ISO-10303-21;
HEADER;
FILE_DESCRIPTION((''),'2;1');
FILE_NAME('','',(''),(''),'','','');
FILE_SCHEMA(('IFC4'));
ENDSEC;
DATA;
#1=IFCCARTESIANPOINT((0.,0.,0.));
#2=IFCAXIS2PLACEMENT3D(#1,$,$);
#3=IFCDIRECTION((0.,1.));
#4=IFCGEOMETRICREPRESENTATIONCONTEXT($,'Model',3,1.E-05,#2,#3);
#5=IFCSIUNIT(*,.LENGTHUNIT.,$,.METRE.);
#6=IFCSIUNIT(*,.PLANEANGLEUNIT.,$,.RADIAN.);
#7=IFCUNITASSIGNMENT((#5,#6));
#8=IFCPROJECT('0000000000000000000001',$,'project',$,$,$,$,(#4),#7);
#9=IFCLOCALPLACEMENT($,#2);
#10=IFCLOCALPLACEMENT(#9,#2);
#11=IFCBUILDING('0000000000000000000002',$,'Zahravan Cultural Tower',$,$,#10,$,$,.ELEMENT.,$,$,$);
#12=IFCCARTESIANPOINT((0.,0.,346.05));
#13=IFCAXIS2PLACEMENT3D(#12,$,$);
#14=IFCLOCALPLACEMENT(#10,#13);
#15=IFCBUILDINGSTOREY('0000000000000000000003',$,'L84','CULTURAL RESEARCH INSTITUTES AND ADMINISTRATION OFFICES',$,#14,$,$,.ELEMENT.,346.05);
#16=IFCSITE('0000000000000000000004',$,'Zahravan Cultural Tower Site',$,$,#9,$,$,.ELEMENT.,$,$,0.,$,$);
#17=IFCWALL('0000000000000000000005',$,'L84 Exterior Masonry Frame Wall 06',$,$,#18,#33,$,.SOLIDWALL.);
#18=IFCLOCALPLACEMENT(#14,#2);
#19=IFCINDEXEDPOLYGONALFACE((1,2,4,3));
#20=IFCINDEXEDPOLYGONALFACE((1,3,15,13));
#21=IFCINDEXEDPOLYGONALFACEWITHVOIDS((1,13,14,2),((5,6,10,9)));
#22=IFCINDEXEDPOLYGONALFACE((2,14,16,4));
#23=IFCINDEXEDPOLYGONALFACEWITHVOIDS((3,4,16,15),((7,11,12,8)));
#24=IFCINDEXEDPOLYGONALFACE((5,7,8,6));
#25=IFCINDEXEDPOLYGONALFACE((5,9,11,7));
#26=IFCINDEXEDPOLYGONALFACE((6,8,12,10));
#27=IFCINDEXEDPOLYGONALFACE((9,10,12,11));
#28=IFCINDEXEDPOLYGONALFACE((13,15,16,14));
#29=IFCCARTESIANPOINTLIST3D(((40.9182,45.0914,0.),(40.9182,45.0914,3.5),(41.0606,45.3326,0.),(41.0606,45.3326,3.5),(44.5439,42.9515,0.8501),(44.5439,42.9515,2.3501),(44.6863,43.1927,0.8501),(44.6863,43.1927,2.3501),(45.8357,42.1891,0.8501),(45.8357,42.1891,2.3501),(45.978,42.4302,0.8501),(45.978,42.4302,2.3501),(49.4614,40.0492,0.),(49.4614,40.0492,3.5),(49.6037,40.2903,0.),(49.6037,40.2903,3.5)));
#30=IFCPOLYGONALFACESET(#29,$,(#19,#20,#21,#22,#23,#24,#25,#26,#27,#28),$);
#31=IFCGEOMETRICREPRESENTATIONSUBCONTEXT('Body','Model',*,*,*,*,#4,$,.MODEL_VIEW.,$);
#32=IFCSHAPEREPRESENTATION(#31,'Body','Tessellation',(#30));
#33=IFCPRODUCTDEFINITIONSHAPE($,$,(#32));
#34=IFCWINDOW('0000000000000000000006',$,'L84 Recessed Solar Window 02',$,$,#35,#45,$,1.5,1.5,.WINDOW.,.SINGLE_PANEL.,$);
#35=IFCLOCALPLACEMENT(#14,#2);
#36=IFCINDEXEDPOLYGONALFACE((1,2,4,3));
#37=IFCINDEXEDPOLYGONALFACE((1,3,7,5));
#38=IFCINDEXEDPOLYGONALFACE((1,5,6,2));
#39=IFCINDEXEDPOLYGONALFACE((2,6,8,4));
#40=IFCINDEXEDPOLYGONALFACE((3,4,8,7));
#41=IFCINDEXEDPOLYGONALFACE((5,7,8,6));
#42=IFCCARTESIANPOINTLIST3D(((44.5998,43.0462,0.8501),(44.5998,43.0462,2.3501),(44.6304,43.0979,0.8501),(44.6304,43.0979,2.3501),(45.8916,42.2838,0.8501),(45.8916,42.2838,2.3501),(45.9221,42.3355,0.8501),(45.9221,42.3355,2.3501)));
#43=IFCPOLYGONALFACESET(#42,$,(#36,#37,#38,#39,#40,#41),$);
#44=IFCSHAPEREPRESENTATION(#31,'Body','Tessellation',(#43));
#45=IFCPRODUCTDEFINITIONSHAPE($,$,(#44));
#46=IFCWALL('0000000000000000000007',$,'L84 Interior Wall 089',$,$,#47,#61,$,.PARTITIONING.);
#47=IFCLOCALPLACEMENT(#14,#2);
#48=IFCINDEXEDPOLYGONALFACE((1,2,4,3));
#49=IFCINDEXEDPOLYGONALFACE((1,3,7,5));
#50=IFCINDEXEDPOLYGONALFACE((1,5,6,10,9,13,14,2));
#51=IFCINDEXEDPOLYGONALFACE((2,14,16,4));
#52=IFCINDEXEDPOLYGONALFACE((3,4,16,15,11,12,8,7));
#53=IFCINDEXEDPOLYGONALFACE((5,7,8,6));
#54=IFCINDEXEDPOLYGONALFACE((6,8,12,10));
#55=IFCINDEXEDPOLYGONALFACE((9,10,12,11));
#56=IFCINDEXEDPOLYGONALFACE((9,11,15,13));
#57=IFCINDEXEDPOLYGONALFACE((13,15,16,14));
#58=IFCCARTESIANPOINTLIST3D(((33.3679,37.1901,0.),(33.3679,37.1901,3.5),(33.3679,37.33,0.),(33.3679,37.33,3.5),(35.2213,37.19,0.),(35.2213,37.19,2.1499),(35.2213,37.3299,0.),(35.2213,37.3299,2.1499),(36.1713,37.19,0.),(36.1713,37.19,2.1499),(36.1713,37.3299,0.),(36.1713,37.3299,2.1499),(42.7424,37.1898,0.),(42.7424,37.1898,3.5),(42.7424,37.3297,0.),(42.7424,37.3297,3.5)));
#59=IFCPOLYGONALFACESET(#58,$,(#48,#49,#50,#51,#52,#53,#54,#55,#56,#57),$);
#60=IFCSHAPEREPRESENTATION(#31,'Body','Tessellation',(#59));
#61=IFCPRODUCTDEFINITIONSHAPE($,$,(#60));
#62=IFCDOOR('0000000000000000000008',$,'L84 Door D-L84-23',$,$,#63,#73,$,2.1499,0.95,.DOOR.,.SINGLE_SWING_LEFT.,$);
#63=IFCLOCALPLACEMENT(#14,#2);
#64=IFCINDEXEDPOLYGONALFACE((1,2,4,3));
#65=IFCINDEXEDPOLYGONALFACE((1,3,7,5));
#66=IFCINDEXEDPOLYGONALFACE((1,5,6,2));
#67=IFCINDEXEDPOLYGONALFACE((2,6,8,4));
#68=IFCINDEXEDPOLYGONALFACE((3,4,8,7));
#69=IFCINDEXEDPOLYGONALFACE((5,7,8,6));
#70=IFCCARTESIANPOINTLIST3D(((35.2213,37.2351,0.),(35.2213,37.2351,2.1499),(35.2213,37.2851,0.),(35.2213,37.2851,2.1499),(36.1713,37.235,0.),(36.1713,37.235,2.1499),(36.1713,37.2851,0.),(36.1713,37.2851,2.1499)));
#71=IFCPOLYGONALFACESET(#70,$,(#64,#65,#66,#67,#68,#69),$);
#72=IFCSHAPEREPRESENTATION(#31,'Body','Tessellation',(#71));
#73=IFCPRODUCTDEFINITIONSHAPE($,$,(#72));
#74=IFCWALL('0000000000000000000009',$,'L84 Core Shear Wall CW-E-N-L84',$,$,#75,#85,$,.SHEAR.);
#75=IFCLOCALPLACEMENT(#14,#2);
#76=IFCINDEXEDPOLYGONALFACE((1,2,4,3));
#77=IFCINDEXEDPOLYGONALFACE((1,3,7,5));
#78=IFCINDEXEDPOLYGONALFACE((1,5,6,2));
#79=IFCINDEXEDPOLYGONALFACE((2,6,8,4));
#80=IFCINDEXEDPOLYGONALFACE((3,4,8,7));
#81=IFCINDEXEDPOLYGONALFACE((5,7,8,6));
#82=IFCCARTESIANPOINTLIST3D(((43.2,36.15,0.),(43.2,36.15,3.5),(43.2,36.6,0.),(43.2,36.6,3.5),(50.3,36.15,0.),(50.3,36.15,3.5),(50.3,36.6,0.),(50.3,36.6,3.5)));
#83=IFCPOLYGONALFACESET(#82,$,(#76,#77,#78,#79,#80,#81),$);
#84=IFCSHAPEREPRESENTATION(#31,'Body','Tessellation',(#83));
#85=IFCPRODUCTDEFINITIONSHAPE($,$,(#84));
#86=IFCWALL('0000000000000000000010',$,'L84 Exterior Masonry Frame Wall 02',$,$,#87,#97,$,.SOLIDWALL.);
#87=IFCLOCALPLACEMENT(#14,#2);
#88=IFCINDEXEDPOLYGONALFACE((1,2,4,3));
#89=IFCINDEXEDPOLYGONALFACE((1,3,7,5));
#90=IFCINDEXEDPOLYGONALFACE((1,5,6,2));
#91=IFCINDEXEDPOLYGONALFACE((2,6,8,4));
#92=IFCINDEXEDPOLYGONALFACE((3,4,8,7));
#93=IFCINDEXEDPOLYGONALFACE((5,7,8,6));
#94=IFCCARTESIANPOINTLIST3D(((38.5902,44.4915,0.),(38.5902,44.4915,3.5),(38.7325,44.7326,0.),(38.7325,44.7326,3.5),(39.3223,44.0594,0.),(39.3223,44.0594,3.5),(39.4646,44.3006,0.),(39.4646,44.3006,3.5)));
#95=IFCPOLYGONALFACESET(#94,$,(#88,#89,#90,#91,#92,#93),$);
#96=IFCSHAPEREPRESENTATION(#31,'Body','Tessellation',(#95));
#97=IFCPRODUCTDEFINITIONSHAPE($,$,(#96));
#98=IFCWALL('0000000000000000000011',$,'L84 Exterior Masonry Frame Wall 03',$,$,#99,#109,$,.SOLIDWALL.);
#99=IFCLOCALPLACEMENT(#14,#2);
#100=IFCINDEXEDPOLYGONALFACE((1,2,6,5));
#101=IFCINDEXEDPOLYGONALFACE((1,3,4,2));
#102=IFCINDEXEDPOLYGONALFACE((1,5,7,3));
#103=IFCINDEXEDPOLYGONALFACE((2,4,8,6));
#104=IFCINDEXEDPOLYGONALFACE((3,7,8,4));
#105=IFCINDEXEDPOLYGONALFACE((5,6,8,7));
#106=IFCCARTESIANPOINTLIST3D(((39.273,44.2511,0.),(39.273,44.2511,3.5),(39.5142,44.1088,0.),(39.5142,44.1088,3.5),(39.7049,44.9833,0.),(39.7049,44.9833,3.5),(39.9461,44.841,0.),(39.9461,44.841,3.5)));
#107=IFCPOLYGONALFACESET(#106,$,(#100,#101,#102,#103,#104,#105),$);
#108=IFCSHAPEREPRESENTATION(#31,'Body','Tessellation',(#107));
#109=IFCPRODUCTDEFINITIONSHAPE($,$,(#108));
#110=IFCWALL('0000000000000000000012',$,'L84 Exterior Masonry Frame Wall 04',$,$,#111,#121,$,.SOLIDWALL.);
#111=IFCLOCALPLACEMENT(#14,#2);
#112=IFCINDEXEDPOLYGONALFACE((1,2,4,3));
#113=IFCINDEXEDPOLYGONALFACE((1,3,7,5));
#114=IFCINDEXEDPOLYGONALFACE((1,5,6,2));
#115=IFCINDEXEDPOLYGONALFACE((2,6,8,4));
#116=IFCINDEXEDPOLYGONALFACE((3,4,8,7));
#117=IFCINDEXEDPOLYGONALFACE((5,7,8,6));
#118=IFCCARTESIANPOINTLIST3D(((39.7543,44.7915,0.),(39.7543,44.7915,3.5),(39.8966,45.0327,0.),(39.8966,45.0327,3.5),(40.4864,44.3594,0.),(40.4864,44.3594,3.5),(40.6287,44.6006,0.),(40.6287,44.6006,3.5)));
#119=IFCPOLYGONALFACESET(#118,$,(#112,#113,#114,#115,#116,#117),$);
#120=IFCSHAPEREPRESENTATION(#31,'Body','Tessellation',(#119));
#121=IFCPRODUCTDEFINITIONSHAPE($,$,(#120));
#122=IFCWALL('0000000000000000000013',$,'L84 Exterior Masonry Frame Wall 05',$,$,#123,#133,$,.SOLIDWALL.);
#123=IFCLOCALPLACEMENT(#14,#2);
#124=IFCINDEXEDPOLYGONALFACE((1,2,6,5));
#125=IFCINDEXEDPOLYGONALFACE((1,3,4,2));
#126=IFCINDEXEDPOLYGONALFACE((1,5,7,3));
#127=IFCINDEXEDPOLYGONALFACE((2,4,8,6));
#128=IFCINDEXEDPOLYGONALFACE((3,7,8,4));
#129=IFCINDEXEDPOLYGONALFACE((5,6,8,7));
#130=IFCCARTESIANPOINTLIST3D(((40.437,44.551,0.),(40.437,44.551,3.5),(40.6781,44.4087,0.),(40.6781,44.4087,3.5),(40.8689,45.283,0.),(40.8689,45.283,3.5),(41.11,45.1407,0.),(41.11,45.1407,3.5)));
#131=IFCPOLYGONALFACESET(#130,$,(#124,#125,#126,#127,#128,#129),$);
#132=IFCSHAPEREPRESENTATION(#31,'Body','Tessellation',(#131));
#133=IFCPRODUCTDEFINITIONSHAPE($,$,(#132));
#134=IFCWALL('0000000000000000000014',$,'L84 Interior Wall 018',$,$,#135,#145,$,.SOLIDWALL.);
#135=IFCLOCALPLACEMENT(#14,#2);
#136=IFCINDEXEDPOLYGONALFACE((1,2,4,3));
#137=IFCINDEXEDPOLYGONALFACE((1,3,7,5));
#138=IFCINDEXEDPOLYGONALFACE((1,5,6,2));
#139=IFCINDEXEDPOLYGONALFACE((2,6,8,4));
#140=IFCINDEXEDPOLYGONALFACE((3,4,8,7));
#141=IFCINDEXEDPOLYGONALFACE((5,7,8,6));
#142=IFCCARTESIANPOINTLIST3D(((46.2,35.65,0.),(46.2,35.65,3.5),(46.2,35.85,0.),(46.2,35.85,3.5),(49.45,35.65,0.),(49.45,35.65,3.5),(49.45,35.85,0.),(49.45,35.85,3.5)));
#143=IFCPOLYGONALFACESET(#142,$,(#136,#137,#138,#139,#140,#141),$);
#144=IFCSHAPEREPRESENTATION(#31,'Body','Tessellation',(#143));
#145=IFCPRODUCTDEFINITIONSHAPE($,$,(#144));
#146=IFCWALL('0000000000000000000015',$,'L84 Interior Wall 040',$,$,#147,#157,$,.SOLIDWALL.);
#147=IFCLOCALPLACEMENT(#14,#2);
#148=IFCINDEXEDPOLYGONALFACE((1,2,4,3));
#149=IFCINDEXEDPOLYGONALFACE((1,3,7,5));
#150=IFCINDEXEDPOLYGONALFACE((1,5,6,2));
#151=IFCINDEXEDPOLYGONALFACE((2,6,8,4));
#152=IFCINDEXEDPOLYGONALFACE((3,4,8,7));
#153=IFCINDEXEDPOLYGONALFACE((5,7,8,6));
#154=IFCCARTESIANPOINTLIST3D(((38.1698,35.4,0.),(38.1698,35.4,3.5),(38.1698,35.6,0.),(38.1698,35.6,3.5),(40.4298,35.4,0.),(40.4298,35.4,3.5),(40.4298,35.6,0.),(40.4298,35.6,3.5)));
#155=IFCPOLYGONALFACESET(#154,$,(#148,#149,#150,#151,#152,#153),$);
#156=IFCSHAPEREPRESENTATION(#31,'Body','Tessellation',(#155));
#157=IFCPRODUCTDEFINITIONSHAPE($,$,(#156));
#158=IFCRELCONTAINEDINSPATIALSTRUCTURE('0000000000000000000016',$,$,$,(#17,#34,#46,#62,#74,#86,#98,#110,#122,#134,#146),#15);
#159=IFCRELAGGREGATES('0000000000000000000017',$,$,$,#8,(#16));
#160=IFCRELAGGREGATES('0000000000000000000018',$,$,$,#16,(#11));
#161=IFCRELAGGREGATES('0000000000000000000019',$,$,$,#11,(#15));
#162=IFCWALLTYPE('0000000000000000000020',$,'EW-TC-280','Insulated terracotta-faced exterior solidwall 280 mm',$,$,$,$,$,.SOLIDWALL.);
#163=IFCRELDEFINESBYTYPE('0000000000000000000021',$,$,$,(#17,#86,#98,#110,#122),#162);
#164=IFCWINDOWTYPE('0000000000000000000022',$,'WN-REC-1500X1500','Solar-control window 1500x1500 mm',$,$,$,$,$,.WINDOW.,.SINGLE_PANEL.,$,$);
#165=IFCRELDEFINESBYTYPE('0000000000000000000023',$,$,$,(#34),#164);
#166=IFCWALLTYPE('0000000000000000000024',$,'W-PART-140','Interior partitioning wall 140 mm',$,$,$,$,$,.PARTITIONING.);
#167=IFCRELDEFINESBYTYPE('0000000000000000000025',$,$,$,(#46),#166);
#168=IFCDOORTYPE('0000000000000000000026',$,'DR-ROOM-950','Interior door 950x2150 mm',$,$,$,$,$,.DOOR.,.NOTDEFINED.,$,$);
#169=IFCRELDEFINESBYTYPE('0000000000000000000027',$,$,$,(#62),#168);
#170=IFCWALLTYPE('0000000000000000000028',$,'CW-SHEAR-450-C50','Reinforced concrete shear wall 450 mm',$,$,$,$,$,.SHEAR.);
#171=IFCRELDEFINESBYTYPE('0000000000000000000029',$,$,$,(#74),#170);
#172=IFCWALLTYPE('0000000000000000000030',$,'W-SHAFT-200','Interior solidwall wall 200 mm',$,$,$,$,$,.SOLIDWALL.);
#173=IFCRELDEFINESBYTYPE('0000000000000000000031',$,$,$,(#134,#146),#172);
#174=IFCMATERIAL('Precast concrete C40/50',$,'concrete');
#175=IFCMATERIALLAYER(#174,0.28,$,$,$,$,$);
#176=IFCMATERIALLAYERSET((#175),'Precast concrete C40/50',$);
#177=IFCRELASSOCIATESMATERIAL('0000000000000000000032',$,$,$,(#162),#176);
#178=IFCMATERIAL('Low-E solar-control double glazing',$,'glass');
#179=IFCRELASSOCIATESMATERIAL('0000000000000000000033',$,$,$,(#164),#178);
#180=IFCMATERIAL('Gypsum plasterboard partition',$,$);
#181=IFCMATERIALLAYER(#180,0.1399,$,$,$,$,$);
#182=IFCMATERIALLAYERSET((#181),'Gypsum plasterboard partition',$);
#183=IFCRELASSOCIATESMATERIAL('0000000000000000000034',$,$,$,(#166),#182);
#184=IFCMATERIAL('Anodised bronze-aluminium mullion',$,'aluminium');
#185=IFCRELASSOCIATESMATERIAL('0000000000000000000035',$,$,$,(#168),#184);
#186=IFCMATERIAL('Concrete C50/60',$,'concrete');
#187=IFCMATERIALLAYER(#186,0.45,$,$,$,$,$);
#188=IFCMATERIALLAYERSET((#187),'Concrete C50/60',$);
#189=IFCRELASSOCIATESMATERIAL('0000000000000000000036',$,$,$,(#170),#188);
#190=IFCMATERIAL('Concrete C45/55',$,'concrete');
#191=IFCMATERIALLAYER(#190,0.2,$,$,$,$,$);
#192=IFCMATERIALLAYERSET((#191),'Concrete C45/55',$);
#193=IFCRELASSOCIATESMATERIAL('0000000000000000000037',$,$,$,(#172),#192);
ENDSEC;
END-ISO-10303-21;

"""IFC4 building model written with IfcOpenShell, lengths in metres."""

from ifc_helpers import new_model, si_unit, direction, frame, frame_2d, origin, place, context, subcontext, project, spatial, rectangle, extrude, source, transform, mapped, material, layer, layer_set, type_object, element, fill, save


model = new_model("IFC4")

# Units and contexts
model_context = context("Model", 3, precision=1e-05, world=origin(), true_north=direction((0.0, 1.0)))
body_context = subcontext(model_context, "Body", "Model", "MODEL_VIEW")
ifc_project = project(units=[si_unit("LENGTHUNIT", "METRE"), si_unit("PLANEANGLEUNIT", "RADIAN")], contexts=[model_context])

# Site, building, storey
site_placement = place(None, origin())
site = spatial("IfcSite", under=ifc_project, at=site_placement, Name="Zahravan Cultural Tower Site", CompositionType="ELEMENT", RefElevation=0.0)
building_placement = place(site_placement, origin())
building = spatial("IfcBuilding", under=site, at=building_placement, Name="Zahravan Cultural Tower", CompositionType="ELEMENT")
storey_placement = place(building_placement, frame((0.0, 0.0, 346.05)))
storey = spatial("IfcBuildingStorey", under=building, at=storey_placement, Name="L84", Description="CULTURAL RESEARCH INSTITUTES AND ADMINISTRATION OFFICES", CompositionType="ELEMENT", Elevation=346.05)

# Shared definitions
ifc_material_1 = material(Name="Concrete C50/60", Category="concrete")

# Wall, opening, window
ifc_material_2 = material(Name="Precast concrete C40/50", Category="concrete")
ifc_layer_1 = layer(ifc_material_2, 0.28)
ifc_layer_set_1 = layer_set([ifc_layer_1], Name="Precast concrete C40/50")
wall_type_1 = type_object("IfcWallType", Name="EW-TC-280", Description="Insulated terracotta-faced exterior solidwall 280 mm", PredefinedType="SOLIDWALL", material=ifc_layer_set_1)
wall_1_placement = place(storey_placement, frame((40.9895, 45.2119, 0.0), z_axis=(0.0, 0.0, 1.0), x_axis=(0.861192, -0.508279, 0.0)))
wall_1 = element("IfcWall", 1, at=wall_1_placement, inside=storey, type_object=wall_type_1, Name="L84 Exterior Masonry Frame Wall 06", PredefinedType="SOLIDWALL", context=body_context, shape_type="SweptSolid", body=[
    extrude(rectangle(XDim=9.9202, YDim=0.28, at=frame_2d((4.96, 0.0))), origin(), (0.0, 0.0, 1.0), 3.5),
])
opening_1_placement = place(wall_1_placement, frame((4.21, 0.0, 0.8501)))
opening_1 = element("IfcOpeningElement", 2, at=opening_1_placement, cuts=wall_1, PredefinedType="OPENING", context=body_context, shape_type="SweptSolid", body=[
    extrude(rectangle(XDim=1.5, YDim=1.5, at=frame_2d((0.75, 0.75))), frame((0.0, 0.1499, 0.0), z_axis=(0.0, -1.0, 0.0), x_axis=(1.0, 0.0, 0.0)), (0.0, 0.0, 1.0), 0.3),
])
ifc_material_3 = material(Name="Low-E solar-control double glazing", Category="glass")
window_type = type_object("IfcWindowType", Name="WN-REC-1500X1500", Description="Solar-control window 1500x1500 mm", PartitioningType="SINGLE_PANEL", PredefinedType="WINDOW", material=ifc_material_3)
shared_shape_1 = source(origin(), body_context, "Body", "SweptSolid", [
    extrude(rectangle(XDim=1.5, YDim=1.5, at=frame_2d((0.75, 0.75))), frame((0.0, 0.03, 0.0), z_axis=(0.0, -1.0, 0.0), x_axis=(1.0, 0.0, 0.0)), (0.0, 0.0, 1.0), 0.0601),
])
window_placement = place(opening_1_placement, origin())
window = element("IfcWindow", 3, at=window_placement, inside=storey, type_object=window_type, Name="L84 Recessed Solar Window 02", OverallHeight=1.5, OverallWidth=1.5, PartitioningType="SINGLE_PANEL", PredefinedType="WINDOW", context=body_context, shape_type="MappedRepresentation", body=[
    mapped(shared_shape_1, transform((0.0, 0.0, 0.0), x_axis=(1.0, 0.0, 0.0), y_axis=(0.0, 1.0, 0.0), z_axis=(0.0, 0.0, 1.0), scale=1.0)),
])
fill(opening_1, window)

# Wall, opening, door
ifc_material_4 = material(Name="Gypsum plasterboard partition")
ifc_layer_2 = layer(ifc_material_4, 0.1399)
ifc_layer_set_2 = layer_set([ifc_layer_2], Name="Gypsum plasterboard partition")
wall_type_2 = type_object("IfcWallType", Name="W-PART-140", Description="Interior partitioning wall 140 mm", PredefinedType="PARTITIONING", material=ifc_layer_set_2)
wall_2_placement = place(storey_placement, frame((42.7424, 37.2598, 0.0), z_axis=(0.0, 0.0, 1.0), x_axis=(-1.0, 0.000026, 0.0)))
wall_2 = element("IfcWall", 4, at=wall_2_placement, inside=storey, type_object=wall_type_2, Name="L84 Interior Wall 089", PredefinedType="PARTITIONING", context=body_context, shape_type="SweptSolid", body=[
    extrude(rectangle(XDim=9.3745, YDim=0.1399, at=frame_2d((4.6873, 0.0))), origin(), (0.0, 0.0, 1.0), 3.5),
])
opening_2_placement = place(wall_2_placement, frame((6.571, 0.0, 0.0)))
opening_2 = element("IfcOpeningElement", 5, at=opening_2_placement, cuts=wall_2, PredefinedType="OPENING", context=body_context, shape_type="SweptSolid", body=[
    extrude(rectangle(XDim=0.95, YDim=2.1499, at=frame_2d((0.4751, 1.075))), frame((0.0, 0.0798, 0.0), z_axis=(0.0, -1.0, 0.0), x_axis=(1.0, 0.0, 0.0)), (0.0, 0.0, 1.0), 0.1599),
])
ifc_material_5 = material(Name="Anodised bronze-aluminium mullion", Category="aluminium")
door_type = type_object("IfcDoorType", Name="DR-ROOM-950", Description="Interior door 950x2150 mm", OperationType="NOTDEFINED", PredefinedType="DOOR", material=ifc_material_5)
shared_shape_2 = source(origin(), body_context, "Body", "SweptSolid", [
    extrude(rectangle(XDim=0.95, YDim=2.1499, at=frame_2d((0.4751, 1.075))), frame((0.0, 0.0249, 0.0), z_axis=(0.0, -1.0, 0.0), x_axis=(1.0, 0.0, 0.0)), (0.0, 0.0, 1.0), 0.05),
])
door_placement = place(opening_2_placement, origin())
door = element("IfcDoor", 6, at=door_placement, inside=storey, type_object=door_type, Name="L84 Door D-L84-23", OperationType="SINGLE_SWING_LEFT", OverallHeight=2.1499, OverallWidth=0.95, PredefinedType="DOOR", context=body_context, shape_type="MappedRepresentation", body=[
    mapped(shared_shape_2, transform((0.0, 0.0, 0.0), x_axis=(1.0, 0.0, 0.0), y_axis=(0.0, 1.0, 0.0), z_axis=(0.0, 0.0, 1.0), scale=1.0)),
])
fill(opening_2, door)

# Walls
ifc_layer_3 = layer(ifc_material_1, 0.45)
ifc_layer_set_3 = layer_set([ifc_layer_3], Name="Concrete C50/60")
wall_type_3 = type_object("IfcWallType", Name="CW-SHEAR-450-C50", Description="Reinforced concrete shear wall 450 mm", PredefinedType="SHEAR", material=ifc_layer_set_3)
shared_shape_3 = source(origin(), body_context, "Body", "SweptSolid", [
    extrude(rectangle(XDim=7.1001, YDim=0.45, at=frame_2d((3.55, 0.0))), origin(), (0.0, 0.0, 1.0), 3.5),
])
wall_3_placement = place(storey_placement, frame((43.2, 36.375, 0.0), z_axis=(0.0, 0.0, 1.0), x_axis=(1.0, 0.0, 0.0)))
element("IfcWall", 7, at=wall_3_placement, inside=storey, type_object=wall_type_3, Name="L84 Core Shear Wall CW-E-N-L84", PredefinedType="SHEAR", context=body_context, shape_type="MappedRepresentation", body=[
    mapped(shared_shape_3, transform((0.0, 0.0, 0.0), x_axis=(1.0, 0.0, 0.0), y_axis=(0.0, 1.0, 0.0), z_axis=(0.0, 0.0, 1.0), scale=1.0)),
])
shared_shape_4 = source(origin(), body_context, "Body", "SweptSolid", [
    extrude(rectangle(XDim=0.8501, YDim=0.28, at=frame_2d((0.425, 0.0))), origin(), (0.0, 0.0, 1.0), 3.5),
])
for number, where, z_axis, x_axis, name in (
    (8, (38.6614, 44.6121, 0.0), (0.0, 0.0, 1.0), (0.861195, -0.508275, 0.0), "L84 Exterior Masonry Frame Wall 02"),
    (9, (39.3936, 44.1799, 0.0), (0.0, 0.0, 1.0), (0.508062, 0.861321, 0.0), "L84 Exterior Masonry Frame Wall 03"),
    (10, (39.8254, 44.9121, 0.0), (0.0, 0.0, 1.0), (0.861195, -0.508275, 0.0), "L84 Exterior Masonry Frame Wall 04"),
):
    element("IfcWall", number, at=place(storey_placement, frame(where, z_axis=z_axis, x_axis=x_axis)), inside=storey, type_object=wall_type_1, Name=name, PredefinedType="SOLIDWALL", context=body_context, shape_type="MappedRepresentation", body=[
        mapped(shared_shape_4, transform((0.0, 0.0, 0.0), x_axis=(1.0, 0.0, 0.0), y_axis=(0.0, 1.0, 0.0), z_axis=(0.0, 0.0, 1.0), scale=1.0)),
    ])
shared_shape_5 = source(origin(), body_context, "Body", "SweptSolid", [
    extrude(rectangle(XDim=0.8499, YDim=0.28, at=frame_2d((0.4248, 0.0))), origin(), (0.0, 0.0, 1.0), 3.5),
])
wall_4_placement = place(storey_placement, frame((40.5576, 44.48, 0.0), z_axis=(0.0, 0.0, 1.0), x_axis=(0.508187, 0.861247, 0.0)))
element("IfcWall", 11, at=wall_4_placement, inside=storey, type_object=wall_type_1, Name="L84 Exterior Masonry Frame Wall 05", PredefinedType="SOLIDWALL", context=body_context, shape_type="MappedRepresentation", body=[
    mapped(shared_shape_5, transform((0.0, 0.0, 0.0), x_axis=(1.0, 0.0, 0.0), y_axis=(0.0, 1.0, 0.0), z_axis=(0.0, 0.0, 1.0), scale=1.0)),
])
ifc_material_6 = material(Name="Concrete C45/55", Category="concrete")
ifc_layer_4 = layer(ifc_material_6, 0.2)
ifc_layer_set_4 = layer_set([ifc_layer_4], Name="Concrete C45/55")
wall_type_4 = type_object("IfcWallType", Name="W-SHAFT-200", Description="Interior solidwall wall 200 mm", PredefinedType="SOLIDWALL", material=ifc_layer_set_4)
shared_shape_6 = source(origin(), body_context, "Body", "SweptSolid", [
    extrude(rectangle(XDim=3.25, YDim=0.2, at=frame_2d((1.625, 0.0))), origin(), (0.0, 0.0, 1.0), 3.5),
])
wall_5_placement = place(storey_placement, frame((46.2, 35.75, 0.0), z_axis=(0.0, 0.0, 1.0), x_axis=(1.0, 0.0, 0.0)))
element("IfcWall", 12, at=wall_5_placement, inside=storey, type_object=wall_type_4, Name="L84 Interior Wall 018", PredefinedType="SOLIDWALL", context=body_context, shape_type="MappedRepresentation", body=[
    mapped(shared_shape_6, transform((0.0, 0.0, 0.0), x_axis=(1.0, 0.0, 0.0), y_axis=(0.0, 1.0, 0.0), z_axis=(0.0, 0.0, 1.0), scale=1.0)),
])
shared_shape_7 = source(origin(), body_context, "Body", "SweptSolid", [
    extrude(rectangle(XDim=2.26, YDim=0.2, at=frame_2d((1.1299, 0.0))), origin(), (0.0, 0.0, 1.0), 3.5),
])
wall_6_placement = place(storey_placement, frame((38.1699, 35.5, 0.0), z_axis=(0.0, 0.0, 1.0), x_axis=(1.0, 0.0, 0.0)))
element("IfcWall", 13, at=wall_6_placement, inside=storey, type_object=wall_type_4, Name="L84 Interior Wall 040", PredefinedType="SOLIDWALL", context=body_context, shape_type="MappedRepresentation", body=[
    mapped(shared_shape_7, transform((0.0, 0.0, 0.0), x_axis=(1.0, 0.0, 0.0), y_axis=(0.0, 1.0, 0.0), z_axis=(0.0, 0.0, 1.0), scale=1.0)),
])

save(model, "model.ifc")
